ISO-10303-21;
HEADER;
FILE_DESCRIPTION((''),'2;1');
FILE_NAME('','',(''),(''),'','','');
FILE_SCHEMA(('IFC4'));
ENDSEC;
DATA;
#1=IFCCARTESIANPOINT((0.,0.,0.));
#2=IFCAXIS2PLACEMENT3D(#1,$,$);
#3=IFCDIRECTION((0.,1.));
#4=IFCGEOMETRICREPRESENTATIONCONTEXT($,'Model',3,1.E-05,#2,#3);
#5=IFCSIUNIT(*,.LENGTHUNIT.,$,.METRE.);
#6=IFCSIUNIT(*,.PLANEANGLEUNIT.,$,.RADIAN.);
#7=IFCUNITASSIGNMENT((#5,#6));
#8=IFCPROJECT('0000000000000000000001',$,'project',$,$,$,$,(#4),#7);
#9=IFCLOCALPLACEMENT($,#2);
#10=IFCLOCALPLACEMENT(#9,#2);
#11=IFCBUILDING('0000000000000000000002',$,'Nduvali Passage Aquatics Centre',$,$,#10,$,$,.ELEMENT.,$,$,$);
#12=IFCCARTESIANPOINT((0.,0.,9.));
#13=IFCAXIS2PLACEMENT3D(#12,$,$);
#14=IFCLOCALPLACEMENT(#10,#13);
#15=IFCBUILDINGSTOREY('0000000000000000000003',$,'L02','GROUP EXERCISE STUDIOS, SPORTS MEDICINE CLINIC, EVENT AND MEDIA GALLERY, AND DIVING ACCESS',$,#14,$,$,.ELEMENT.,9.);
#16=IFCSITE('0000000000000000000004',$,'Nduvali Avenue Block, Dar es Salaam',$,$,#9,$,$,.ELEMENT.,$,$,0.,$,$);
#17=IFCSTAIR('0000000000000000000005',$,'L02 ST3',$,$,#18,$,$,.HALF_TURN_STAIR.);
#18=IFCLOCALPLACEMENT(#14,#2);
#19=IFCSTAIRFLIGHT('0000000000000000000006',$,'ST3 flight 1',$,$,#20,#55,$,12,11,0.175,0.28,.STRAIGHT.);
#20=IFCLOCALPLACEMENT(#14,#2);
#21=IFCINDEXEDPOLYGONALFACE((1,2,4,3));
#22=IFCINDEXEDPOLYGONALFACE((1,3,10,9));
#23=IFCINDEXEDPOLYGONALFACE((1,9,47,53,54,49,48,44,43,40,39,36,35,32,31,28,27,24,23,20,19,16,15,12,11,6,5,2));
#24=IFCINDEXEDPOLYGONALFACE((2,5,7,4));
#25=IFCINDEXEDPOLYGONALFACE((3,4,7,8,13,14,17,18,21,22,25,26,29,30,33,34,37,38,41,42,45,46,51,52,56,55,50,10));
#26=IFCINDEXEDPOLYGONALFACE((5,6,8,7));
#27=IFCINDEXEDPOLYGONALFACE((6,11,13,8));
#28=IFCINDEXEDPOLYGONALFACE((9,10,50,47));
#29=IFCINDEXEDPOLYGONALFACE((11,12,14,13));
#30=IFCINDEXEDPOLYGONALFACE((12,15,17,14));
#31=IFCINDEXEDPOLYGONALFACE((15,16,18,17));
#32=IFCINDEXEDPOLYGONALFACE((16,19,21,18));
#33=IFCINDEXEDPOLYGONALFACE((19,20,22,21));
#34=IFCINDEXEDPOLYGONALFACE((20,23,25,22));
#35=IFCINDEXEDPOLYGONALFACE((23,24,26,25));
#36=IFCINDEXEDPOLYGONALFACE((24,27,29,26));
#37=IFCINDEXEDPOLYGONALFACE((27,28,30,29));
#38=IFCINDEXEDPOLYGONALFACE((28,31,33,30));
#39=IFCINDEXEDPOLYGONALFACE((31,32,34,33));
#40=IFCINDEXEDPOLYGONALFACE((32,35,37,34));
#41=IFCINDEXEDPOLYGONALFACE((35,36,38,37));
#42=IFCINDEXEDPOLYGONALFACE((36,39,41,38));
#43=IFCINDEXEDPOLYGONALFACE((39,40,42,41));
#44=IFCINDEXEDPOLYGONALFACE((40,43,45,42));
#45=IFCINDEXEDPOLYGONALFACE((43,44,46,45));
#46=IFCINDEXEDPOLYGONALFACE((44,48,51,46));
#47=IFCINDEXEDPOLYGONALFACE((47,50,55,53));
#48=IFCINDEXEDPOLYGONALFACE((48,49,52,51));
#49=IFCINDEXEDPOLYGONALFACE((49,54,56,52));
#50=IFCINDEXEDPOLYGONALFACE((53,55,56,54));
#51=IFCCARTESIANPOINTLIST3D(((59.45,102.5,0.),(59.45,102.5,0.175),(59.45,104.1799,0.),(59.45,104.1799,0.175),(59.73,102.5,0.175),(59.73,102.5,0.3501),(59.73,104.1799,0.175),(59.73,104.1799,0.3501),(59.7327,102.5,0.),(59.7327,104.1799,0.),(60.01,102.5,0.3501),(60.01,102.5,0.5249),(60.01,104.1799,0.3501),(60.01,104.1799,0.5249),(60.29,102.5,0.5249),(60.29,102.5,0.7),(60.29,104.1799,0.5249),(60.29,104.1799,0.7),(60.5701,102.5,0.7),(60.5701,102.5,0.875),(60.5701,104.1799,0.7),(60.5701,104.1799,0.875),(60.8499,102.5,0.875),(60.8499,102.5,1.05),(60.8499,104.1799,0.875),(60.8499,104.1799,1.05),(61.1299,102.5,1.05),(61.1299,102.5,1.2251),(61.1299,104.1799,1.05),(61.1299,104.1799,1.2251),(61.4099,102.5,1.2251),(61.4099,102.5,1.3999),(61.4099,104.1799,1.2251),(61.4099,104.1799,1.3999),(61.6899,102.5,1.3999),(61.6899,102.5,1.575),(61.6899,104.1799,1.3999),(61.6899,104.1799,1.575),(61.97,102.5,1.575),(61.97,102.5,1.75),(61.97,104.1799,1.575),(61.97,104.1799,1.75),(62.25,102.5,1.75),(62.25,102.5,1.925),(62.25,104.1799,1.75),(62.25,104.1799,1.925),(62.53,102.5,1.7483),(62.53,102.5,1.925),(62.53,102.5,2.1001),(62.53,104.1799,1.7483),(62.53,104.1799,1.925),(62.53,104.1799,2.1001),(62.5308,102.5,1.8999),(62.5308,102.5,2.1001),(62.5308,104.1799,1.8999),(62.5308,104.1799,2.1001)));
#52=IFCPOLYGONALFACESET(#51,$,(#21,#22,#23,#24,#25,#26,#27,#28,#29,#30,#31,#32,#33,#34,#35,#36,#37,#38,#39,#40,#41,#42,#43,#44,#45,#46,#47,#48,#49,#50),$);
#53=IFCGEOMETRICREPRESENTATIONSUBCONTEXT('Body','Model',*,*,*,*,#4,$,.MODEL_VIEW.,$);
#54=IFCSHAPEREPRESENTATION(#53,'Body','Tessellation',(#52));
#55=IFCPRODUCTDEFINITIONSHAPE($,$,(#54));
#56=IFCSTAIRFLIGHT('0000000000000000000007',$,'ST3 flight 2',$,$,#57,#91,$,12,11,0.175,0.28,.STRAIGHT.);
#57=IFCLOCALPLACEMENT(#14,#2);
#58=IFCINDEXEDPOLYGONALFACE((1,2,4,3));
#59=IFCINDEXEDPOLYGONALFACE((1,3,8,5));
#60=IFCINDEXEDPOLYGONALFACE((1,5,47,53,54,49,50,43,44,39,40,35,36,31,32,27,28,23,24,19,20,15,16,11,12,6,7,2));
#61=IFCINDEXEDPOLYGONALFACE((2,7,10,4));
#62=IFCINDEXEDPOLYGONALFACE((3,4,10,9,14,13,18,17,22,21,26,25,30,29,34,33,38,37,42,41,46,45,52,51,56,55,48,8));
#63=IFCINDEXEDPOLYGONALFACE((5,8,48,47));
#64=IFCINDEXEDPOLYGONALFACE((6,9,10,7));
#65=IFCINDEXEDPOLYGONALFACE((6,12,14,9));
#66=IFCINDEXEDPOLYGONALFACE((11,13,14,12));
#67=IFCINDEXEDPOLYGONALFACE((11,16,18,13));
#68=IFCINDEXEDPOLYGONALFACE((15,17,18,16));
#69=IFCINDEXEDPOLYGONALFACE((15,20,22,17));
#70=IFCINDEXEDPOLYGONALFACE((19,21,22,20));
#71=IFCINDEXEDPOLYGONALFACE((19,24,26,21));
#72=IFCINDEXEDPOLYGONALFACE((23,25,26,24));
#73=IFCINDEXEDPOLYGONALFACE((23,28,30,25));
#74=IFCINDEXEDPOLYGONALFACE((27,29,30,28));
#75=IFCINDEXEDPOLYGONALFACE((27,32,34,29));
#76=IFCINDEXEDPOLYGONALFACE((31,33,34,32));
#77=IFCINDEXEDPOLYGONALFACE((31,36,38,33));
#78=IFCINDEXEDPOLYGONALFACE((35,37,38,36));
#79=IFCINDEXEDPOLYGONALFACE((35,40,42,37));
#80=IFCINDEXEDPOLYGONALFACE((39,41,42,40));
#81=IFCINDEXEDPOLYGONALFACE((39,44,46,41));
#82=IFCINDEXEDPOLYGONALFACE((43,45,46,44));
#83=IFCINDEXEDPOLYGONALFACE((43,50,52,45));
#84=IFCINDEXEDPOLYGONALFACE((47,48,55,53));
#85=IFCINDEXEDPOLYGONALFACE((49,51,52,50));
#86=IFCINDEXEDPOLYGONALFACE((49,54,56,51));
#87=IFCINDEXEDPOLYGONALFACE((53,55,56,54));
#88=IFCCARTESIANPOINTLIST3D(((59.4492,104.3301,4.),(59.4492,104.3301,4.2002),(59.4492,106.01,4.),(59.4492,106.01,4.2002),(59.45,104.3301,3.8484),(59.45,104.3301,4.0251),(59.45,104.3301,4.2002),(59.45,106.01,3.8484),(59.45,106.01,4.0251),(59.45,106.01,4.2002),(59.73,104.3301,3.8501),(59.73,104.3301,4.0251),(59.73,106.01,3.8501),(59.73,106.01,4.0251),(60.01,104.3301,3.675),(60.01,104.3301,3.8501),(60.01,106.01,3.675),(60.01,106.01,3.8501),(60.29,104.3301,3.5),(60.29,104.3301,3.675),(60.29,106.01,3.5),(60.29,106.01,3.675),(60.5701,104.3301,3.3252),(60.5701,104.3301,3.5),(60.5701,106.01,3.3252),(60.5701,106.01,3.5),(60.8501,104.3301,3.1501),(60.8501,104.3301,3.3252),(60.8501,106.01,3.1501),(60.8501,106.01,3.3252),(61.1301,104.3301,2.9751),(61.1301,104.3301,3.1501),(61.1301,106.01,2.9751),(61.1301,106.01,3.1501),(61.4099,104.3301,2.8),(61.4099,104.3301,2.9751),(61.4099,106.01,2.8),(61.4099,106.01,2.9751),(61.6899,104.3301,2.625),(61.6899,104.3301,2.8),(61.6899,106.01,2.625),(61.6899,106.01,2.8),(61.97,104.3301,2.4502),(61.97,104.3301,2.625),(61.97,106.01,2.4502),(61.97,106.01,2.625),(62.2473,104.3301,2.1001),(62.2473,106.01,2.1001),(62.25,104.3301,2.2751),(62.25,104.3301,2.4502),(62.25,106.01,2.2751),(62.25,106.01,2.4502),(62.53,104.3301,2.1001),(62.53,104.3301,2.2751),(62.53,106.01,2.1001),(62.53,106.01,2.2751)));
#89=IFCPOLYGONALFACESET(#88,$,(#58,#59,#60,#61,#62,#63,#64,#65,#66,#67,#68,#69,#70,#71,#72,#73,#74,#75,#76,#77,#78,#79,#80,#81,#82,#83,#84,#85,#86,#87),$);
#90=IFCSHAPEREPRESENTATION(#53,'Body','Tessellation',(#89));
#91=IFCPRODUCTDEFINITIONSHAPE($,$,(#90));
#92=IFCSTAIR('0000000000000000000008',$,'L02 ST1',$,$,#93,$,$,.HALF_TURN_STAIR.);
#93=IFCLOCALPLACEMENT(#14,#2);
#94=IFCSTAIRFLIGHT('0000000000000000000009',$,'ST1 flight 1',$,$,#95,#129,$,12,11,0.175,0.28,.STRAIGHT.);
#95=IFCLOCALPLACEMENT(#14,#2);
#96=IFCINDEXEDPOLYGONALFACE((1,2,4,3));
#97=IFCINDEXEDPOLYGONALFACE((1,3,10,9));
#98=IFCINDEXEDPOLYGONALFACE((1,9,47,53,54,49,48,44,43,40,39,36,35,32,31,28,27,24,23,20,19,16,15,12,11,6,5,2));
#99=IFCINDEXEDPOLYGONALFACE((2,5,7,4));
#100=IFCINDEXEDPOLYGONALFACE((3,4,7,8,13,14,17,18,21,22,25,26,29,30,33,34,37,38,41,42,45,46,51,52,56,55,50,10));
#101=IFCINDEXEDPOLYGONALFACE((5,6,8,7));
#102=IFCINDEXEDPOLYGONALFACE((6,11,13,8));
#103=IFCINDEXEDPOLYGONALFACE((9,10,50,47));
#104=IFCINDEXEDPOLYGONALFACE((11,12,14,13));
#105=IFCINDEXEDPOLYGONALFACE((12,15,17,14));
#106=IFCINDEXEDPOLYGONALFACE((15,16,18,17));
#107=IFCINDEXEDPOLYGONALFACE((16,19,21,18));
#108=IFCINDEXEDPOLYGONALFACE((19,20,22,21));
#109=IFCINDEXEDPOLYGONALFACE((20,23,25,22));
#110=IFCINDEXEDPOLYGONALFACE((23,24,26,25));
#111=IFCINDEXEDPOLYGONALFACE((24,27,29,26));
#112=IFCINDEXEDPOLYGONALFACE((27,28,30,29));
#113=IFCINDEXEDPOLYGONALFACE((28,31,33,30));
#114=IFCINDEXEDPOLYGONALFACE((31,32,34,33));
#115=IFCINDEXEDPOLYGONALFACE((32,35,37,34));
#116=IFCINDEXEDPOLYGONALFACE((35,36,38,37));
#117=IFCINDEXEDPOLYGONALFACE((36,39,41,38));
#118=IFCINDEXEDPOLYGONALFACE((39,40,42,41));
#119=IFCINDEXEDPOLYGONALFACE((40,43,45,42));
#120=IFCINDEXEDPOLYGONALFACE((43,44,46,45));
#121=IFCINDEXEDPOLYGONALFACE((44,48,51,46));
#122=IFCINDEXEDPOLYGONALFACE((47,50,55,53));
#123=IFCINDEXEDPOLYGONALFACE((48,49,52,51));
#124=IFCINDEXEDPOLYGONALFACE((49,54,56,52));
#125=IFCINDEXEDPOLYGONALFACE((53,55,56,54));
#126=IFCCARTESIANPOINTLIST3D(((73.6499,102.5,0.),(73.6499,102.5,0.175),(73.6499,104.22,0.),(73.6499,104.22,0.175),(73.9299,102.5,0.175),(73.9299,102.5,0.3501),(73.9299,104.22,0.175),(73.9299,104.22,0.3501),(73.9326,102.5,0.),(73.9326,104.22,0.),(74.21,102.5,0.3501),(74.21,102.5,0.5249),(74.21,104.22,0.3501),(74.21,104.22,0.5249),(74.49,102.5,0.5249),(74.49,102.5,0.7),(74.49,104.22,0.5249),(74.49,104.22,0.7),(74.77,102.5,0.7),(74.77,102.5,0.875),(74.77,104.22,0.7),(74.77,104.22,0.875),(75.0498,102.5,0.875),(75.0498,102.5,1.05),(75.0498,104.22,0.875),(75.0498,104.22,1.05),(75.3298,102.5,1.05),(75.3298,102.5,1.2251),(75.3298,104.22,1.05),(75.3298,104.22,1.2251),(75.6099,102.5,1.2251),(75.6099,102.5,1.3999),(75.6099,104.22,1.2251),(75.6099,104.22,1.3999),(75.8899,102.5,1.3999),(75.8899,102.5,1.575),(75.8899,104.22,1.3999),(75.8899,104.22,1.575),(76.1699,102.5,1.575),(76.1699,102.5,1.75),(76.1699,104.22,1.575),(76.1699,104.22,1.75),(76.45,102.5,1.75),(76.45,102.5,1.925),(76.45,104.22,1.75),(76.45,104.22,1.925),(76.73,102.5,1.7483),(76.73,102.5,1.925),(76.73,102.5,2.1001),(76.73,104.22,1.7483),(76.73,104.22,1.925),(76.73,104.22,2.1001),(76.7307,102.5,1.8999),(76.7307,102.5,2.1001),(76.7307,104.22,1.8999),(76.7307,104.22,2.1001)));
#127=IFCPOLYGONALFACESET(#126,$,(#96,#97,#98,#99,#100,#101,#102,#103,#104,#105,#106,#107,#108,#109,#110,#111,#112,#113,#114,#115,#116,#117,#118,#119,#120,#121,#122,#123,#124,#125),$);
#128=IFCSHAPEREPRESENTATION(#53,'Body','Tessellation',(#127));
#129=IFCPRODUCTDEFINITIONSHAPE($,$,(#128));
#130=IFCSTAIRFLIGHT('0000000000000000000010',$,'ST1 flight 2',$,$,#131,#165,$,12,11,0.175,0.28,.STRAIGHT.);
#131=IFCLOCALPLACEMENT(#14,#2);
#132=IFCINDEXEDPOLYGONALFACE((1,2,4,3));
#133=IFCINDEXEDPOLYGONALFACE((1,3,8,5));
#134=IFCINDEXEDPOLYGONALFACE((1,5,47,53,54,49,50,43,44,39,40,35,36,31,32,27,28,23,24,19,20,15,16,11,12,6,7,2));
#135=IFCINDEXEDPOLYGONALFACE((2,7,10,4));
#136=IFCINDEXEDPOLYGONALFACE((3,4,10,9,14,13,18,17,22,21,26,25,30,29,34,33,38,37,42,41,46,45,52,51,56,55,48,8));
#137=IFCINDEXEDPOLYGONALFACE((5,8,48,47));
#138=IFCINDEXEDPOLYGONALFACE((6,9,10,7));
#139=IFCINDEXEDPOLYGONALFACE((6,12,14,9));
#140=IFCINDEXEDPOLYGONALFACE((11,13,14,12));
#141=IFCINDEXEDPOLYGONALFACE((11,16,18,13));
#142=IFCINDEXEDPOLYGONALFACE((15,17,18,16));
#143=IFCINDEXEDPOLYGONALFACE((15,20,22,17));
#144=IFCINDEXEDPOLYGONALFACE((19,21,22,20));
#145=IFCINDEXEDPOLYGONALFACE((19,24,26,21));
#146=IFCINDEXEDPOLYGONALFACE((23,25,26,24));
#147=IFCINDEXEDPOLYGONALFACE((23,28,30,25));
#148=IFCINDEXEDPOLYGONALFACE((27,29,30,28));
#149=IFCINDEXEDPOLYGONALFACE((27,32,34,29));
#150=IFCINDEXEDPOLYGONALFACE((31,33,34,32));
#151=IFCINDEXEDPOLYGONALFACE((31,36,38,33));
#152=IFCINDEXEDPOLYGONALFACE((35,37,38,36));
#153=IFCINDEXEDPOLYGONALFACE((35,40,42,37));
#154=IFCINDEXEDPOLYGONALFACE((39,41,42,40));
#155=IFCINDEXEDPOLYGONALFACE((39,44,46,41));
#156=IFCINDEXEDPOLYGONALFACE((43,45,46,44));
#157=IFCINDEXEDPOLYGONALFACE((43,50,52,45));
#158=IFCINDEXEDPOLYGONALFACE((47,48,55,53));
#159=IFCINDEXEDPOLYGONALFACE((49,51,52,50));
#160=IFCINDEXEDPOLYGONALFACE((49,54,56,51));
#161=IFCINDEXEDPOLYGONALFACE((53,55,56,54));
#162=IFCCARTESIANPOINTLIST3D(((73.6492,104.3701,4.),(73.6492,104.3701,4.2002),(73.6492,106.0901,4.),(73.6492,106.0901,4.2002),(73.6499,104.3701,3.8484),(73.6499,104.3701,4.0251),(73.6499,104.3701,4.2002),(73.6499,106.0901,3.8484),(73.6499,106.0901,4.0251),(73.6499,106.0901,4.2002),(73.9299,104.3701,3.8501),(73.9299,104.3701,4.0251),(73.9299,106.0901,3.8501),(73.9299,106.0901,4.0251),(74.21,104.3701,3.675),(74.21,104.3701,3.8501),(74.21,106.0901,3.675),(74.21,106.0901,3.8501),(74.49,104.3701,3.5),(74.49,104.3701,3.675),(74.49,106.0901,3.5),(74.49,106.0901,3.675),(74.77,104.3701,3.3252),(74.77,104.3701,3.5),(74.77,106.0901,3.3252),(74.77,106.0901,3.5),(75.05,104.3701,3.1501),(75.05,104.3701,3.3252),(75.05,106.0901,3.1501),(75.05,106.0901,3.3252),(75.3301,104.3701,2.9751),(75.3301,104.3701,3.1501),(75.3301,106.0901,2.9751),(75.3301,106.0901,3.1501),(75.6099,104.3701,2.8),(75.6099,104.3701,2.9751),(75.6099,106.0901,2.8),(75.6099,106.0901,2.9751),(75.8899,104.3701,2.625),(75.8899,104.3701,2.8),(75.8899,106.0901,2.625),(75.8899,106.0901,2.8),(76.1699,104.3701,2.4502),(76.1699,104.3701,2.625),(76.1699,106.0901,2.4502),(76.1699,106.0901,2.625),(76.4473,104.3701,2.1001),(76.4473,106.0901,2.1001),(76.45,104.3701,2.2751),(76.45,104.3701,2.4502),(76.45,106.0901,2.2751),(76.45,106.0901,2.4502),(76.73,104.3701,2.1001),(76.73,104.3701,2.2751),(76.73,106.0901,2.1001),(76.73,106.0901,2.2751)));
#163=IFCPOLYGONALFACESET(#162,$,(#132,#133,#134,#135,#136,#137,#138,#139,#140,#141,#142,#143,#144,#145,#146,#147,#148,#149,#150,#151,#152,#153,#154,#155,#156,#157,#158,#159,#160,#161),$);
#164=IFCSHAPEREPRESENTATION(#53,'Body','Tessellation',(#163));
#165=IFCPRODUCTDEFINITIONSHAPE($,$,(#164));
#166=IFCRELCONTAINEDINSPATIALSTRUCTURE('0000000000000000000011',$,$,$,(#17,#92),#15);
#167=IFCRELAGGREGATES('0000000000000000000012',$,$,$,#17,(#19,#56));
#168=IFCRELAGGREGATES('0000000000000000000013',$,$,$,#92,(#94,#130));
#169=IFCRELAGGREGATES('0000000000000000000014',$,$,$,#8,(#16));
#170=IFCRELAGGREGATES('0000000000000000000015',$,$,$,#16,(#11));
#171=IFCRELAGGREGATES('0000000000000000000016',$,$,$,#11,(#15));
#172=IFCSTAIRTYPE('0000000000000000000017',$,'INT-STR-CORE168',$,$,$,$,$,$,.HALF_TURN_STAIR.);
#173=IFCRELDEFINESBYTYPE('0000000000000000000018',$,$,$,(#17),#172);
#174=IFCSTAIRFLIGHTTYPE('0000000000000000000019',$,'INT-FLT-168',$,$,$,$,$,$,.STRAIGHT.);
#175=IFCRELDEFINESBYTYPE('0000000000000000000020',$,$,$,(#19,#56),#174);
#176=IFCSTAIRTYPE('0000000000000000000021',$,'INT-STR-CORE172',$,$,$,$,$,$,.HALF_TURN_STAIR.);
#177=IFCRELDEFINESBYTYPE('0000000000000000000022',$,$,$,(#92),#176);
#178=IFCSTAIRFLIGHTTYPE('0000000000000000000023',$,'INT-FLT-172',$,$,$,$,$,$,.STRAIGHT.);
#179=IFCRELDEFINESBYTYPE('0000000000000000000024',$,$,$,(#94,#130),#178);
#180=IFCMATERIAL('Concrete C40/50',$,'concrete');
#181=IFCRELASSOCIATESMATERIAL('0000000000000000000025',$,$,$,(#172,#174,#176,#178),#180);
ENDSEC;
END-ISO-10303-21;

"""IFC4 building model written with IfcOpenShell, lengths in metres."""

from ifc_helpers import new_model, si_unit, direction, frame, origin, place, context, subcontext, project, spatial, polyline, outline, extrude, material, type_object, element, aggregate, save


model = new_model("IFC4")

# Units and contexts
model_context = context("Model", 3, precision=1e-05, world=origin(), true_north=direction((0.0, 1.0)))
body_context = subcontext(model_context, "Body", "Model", "MODEL_VIEW")
ifc_project = project(units=[si_unit("LENGTHUNIT", "METRE"), si_unit("PLANEANGLEUNIT", "RADIAN")], contexts=[model_context])

# Site, building, storey
site_placement = place(None, origin())
site = spatial("IfcSite", under=ifc_project, at=site_placement, Name="Nduvali Avenue Block, Dar es Salaam", CompositionType="ELEMENT", RefElevation=0.0)
building_placement = place(site_placement, origin())
building = spatial("IfcBuilding", under=site, at=building_placement, Name="Nduvali Passage Aquatics Centre", CompositionType="ELEMENT")
storey_placement = place(building_placement, frame((0.0, 0.0, 9.0)))
storey = spatial("IfcBuildingStorey", under=building, at=storey_placement, Name="L02", Description="GROUP EXERCISE STUDIOS, SPORTS MEDICINE CLINIC, EVENT AND MEDIA GALLERY, AND DIVING ACCESS", CompositionType="ELEMENT", Elevation=9.0)

# Shared definitions
ifc_material_1 = material(Name="Concrete C40/50", Category="concrete")

# Stairs, stair flights
stair_type_1 = type_object("IfcStairType", Name="INT-STR-CORE168", PredefinedType="HALF_TURN_STAIR", material=ifc_material_1)
stair_1_placement = place(storey_placement, origin())
stair_1 = element("IfcStair", 1, at=stair_1_placement, inside=storey, type_object=stair_type_1, Name="L02 ST3", PredefinedType="HALF_TURN_STAIR")
stair_flight_type_1 = type_object("IfcStairFlightType", Name="INT-FLT-168", PredefinedType="STRAIGHT", material=ifc_material_1)
stair_flight_1_placement = place(storey_placement, frame((59.45, 103.3401, 0.0), z_axis=(0.0, 0.0, 1.0), x_axis=(1.0, 0.0, 0.0)))
stair_flight_1 = element("IfcStairFlight", 2, at=stair_flight_1_placement, type_object=stair_flight_type_1, Name="ST3 flight 1", NumberOfRisers=12, NumberOfTreads=11, PredefinedType="STRAIGHT", RiserHeight=0.175, TreadLength=0.28, context=body_context, shape_type="SweptSolid", body=[
    extrude(outline(polyline([(0.0, 0.0), (0.0, 0.175), (0.28, 0.175), (0.28, 0.3501), (0.5601, 0.3501), (0.5601, 0.5249), (0.8401, 0.5249), (0.8401, 0.7), (1.1201, 0.7), (1.1201, 0.875), (1.3999, 0.875), (1.3999, 1.05), (1.6799, 1.05), (1.6799, 1.2251), (1.96, 1.2251), (1.96, 1.3999), (2.24, 1.3999), (2.24, 1.575), (2.52, 1.575), (2.52, 1.75), (2.8, 1.75), (2.8, 1.925), (3.0801, 1.925), (3.0801, 2.1001), (3.0808, 2.1001), (3.0808, 1.8999), (3.0801, 1.7483), (0.2827, 0.0), (0.0, 0.0)])), frame((0.0, 0.8398, 0.0), z_axis=(0.0, -1.0, 0.0), x_axis=(1.0, 0.0, 0.0)), (0.0, 0.0, 1.0), 1.6799),
])
stair_flight_2_placement = place(storey_placement, frame((62.53, 105.1699, 2.1001), z_axis=(0.0, 0.0, 1.0), x_axis=(-1.0, 0.0, 0.0)))
stair_flight_2 = element("IfcStairFlight", 3, at=stair_flight_2_placement, type_object=stair_flight_type_1, Name="ST3 flight 2", NumberOfRisers=12, NumberOfTreads=11, PredefinedType="STRAIGHT", RiserHeight=0.175, TreadLength=0.28, context=body_context, shape_type="SweptSolid", body=[
    extrude(outline(polyline([(0.0, 0.0), (0.0, 0.175), (0.28, 0.175), (0.28, 0.3501), (0.5601, 0.3501), (0.5601, 0.5249), (0.8401, 0.5249), (0.8401, 0.7), (1.1201, 0.7), (1.1201, 0.875), (1.3999, 0.875), (1.3999, 1.05), (1.6799, 1.05), (1.6799, 1.2251), (1.96, 1.2251), (1.96, 1.3999), (2.24, 1.3999), (2.24, 1.575), (2.52, 1.575), (2.52, 1.75), (2.8, 1.75), (2.8, 1.925), (3.0801, 1.925), (3.0801, 2.1001), (3.0808, 2.1001), (3.0808, 1.8999), (3.0801, 1.7483), (0.2827, 0.0), (0.0, 0.0)])), frame((0.0, 0.8398, 0.0), z_axis=(0.0, -1.0, 0.0), x_axis=(1.0, 0.0, 0.0)), (0.0, 0.0, 1.0), 1.6799),
])
aggregate(stair_1, [stair_flight_1, stair_flight_2])
stair_type_2 = type_object("IfcStairType", Name="INT-STR-CORE172", PredefinedType="HALF_TURN_STAIR", material=ifc_material_1)
stair_2_placement = place(storey_placement, origin())
stair_2 = element("IfcStair", 4, at=stair_2_placement, inside=storey, type_object=stair_type_2, Name="L02 ST1", PredefinedType="HALF_TURN_STAIR")
stair_flight_type_2 = type_object("IfcStairFlightType", Name="INT-FLT-172", PredefinedType="STRAIGHT", material=ifc_material_1)
stair_flight_3_placement = place(storey_placement, frame((73.6499, 103.3601, 0.0), z_axis=(0.0, 0.0, 1.0), x_axis=(1.0, 0.0, 0.0)))
stair_flight_3 = element("IfcStairFlight", 5, at=stair_flight_3_placement, type_object=stair_flight_type_2, Name="ST1 flight 1", NumberOfRisers=12, NumberOfTreads=11, PredefinedType="STRAIGHT", RiserHeight=0.175, TreadLength=0.28, context=body_context, shape_type="SweptSolid", body=[
    extrude(outline(polyline([(0.0, 0.0), (0.0, 0.175), (0.28, 0.175), (0.28, 0.3501), (0.5601, 0.3501), (0.5601, 0.5249), (0.8401, 0.5249), (0.8401, 0.7), (1.1201, 0.7), (1.1201, 0.875), (1.3999, 0.875), (1.3999, 1.05), (1.6799, 1.05), (1.6799, 1.2251), (1.96, 1.2251), (1.96, 1.3999), (2.24, 1.3999), (2.24, 1.575), (2.52, 1.575), (2.52, 1.75), (2.8, 1.75), (2.8, 1.925), (3.0801, 1.925), (3.0801, 2.1001), (3.0808, 2.1001), (3.0808, 1.8999), (3.0801, 1.7483), (0.2827, 0.0), (0.0, 0.0)])), frame((0.0, 0.8599, 0.0), z_axis=(0.0, -1.0, 0.0), x_axis=(1.0, 0.0, 0.0)), (0.0, 0.0, 1.0), 1.72),
])
stair_flight_4_placement = place(storey_placement, frame((76.73, 105.23, 2.1001), z_axis=(0.0, 0.0, 1.0), x_axis=(-1.0, 0.0, 0.0)))
stair_flight_4 = element("IfcStairFlight", 6, at=stair_flight_4_placement, type_object=stair_flight_type_2, Name="ST1 flight 2", NumberOfRisers=12, NumberOfTreads=11, PredefinedType="STRAIGHT", RiserHeight=0.175, TreadLength=0.28, context=body_context, shape_type="SweptSolid", body=[
    extrude(outline(polyline([(0.0, 0.0), (0.0, 0.175), (0.28, 0.175), (0.28, 0.3501), (0.5601, 0.3501), (0.5601, 0.5249), (0.8401, 0.5249), (0.8401, 0.7), (1.1201, 0.7), (1.1201, 0.875), (1.3999, 0.875), (1.3999, 1.05), (1.6799, 1.05), (1.6799, 1.2251), (1.96, 1.2251), (1.96, 1.3999), (2.24, 1.3999), (2.24, 1.575), (2.52, 1.575), (2.52, 1.75), (2.8, 1.75), (2.8, 1.925), (3.0801, 1.925), (3.0801, 2.1001), (3.0808, 2.1001), (3.0808, 1.8999), (3.0801, 1.7483), (0.2827, 0.0), (0.0, 0.0)])), frame((0.0, 0.8599, 0.0), z_axis=(0.0, -1.0, 0.0), x_axis=(1.0, 0.0, 0.0)), (0.0, 0.0, 1.0), 1.72),
])
aggregate(stair_2, [stair_flight_3, stair_flight_4])

save(model, "model.ifc")
